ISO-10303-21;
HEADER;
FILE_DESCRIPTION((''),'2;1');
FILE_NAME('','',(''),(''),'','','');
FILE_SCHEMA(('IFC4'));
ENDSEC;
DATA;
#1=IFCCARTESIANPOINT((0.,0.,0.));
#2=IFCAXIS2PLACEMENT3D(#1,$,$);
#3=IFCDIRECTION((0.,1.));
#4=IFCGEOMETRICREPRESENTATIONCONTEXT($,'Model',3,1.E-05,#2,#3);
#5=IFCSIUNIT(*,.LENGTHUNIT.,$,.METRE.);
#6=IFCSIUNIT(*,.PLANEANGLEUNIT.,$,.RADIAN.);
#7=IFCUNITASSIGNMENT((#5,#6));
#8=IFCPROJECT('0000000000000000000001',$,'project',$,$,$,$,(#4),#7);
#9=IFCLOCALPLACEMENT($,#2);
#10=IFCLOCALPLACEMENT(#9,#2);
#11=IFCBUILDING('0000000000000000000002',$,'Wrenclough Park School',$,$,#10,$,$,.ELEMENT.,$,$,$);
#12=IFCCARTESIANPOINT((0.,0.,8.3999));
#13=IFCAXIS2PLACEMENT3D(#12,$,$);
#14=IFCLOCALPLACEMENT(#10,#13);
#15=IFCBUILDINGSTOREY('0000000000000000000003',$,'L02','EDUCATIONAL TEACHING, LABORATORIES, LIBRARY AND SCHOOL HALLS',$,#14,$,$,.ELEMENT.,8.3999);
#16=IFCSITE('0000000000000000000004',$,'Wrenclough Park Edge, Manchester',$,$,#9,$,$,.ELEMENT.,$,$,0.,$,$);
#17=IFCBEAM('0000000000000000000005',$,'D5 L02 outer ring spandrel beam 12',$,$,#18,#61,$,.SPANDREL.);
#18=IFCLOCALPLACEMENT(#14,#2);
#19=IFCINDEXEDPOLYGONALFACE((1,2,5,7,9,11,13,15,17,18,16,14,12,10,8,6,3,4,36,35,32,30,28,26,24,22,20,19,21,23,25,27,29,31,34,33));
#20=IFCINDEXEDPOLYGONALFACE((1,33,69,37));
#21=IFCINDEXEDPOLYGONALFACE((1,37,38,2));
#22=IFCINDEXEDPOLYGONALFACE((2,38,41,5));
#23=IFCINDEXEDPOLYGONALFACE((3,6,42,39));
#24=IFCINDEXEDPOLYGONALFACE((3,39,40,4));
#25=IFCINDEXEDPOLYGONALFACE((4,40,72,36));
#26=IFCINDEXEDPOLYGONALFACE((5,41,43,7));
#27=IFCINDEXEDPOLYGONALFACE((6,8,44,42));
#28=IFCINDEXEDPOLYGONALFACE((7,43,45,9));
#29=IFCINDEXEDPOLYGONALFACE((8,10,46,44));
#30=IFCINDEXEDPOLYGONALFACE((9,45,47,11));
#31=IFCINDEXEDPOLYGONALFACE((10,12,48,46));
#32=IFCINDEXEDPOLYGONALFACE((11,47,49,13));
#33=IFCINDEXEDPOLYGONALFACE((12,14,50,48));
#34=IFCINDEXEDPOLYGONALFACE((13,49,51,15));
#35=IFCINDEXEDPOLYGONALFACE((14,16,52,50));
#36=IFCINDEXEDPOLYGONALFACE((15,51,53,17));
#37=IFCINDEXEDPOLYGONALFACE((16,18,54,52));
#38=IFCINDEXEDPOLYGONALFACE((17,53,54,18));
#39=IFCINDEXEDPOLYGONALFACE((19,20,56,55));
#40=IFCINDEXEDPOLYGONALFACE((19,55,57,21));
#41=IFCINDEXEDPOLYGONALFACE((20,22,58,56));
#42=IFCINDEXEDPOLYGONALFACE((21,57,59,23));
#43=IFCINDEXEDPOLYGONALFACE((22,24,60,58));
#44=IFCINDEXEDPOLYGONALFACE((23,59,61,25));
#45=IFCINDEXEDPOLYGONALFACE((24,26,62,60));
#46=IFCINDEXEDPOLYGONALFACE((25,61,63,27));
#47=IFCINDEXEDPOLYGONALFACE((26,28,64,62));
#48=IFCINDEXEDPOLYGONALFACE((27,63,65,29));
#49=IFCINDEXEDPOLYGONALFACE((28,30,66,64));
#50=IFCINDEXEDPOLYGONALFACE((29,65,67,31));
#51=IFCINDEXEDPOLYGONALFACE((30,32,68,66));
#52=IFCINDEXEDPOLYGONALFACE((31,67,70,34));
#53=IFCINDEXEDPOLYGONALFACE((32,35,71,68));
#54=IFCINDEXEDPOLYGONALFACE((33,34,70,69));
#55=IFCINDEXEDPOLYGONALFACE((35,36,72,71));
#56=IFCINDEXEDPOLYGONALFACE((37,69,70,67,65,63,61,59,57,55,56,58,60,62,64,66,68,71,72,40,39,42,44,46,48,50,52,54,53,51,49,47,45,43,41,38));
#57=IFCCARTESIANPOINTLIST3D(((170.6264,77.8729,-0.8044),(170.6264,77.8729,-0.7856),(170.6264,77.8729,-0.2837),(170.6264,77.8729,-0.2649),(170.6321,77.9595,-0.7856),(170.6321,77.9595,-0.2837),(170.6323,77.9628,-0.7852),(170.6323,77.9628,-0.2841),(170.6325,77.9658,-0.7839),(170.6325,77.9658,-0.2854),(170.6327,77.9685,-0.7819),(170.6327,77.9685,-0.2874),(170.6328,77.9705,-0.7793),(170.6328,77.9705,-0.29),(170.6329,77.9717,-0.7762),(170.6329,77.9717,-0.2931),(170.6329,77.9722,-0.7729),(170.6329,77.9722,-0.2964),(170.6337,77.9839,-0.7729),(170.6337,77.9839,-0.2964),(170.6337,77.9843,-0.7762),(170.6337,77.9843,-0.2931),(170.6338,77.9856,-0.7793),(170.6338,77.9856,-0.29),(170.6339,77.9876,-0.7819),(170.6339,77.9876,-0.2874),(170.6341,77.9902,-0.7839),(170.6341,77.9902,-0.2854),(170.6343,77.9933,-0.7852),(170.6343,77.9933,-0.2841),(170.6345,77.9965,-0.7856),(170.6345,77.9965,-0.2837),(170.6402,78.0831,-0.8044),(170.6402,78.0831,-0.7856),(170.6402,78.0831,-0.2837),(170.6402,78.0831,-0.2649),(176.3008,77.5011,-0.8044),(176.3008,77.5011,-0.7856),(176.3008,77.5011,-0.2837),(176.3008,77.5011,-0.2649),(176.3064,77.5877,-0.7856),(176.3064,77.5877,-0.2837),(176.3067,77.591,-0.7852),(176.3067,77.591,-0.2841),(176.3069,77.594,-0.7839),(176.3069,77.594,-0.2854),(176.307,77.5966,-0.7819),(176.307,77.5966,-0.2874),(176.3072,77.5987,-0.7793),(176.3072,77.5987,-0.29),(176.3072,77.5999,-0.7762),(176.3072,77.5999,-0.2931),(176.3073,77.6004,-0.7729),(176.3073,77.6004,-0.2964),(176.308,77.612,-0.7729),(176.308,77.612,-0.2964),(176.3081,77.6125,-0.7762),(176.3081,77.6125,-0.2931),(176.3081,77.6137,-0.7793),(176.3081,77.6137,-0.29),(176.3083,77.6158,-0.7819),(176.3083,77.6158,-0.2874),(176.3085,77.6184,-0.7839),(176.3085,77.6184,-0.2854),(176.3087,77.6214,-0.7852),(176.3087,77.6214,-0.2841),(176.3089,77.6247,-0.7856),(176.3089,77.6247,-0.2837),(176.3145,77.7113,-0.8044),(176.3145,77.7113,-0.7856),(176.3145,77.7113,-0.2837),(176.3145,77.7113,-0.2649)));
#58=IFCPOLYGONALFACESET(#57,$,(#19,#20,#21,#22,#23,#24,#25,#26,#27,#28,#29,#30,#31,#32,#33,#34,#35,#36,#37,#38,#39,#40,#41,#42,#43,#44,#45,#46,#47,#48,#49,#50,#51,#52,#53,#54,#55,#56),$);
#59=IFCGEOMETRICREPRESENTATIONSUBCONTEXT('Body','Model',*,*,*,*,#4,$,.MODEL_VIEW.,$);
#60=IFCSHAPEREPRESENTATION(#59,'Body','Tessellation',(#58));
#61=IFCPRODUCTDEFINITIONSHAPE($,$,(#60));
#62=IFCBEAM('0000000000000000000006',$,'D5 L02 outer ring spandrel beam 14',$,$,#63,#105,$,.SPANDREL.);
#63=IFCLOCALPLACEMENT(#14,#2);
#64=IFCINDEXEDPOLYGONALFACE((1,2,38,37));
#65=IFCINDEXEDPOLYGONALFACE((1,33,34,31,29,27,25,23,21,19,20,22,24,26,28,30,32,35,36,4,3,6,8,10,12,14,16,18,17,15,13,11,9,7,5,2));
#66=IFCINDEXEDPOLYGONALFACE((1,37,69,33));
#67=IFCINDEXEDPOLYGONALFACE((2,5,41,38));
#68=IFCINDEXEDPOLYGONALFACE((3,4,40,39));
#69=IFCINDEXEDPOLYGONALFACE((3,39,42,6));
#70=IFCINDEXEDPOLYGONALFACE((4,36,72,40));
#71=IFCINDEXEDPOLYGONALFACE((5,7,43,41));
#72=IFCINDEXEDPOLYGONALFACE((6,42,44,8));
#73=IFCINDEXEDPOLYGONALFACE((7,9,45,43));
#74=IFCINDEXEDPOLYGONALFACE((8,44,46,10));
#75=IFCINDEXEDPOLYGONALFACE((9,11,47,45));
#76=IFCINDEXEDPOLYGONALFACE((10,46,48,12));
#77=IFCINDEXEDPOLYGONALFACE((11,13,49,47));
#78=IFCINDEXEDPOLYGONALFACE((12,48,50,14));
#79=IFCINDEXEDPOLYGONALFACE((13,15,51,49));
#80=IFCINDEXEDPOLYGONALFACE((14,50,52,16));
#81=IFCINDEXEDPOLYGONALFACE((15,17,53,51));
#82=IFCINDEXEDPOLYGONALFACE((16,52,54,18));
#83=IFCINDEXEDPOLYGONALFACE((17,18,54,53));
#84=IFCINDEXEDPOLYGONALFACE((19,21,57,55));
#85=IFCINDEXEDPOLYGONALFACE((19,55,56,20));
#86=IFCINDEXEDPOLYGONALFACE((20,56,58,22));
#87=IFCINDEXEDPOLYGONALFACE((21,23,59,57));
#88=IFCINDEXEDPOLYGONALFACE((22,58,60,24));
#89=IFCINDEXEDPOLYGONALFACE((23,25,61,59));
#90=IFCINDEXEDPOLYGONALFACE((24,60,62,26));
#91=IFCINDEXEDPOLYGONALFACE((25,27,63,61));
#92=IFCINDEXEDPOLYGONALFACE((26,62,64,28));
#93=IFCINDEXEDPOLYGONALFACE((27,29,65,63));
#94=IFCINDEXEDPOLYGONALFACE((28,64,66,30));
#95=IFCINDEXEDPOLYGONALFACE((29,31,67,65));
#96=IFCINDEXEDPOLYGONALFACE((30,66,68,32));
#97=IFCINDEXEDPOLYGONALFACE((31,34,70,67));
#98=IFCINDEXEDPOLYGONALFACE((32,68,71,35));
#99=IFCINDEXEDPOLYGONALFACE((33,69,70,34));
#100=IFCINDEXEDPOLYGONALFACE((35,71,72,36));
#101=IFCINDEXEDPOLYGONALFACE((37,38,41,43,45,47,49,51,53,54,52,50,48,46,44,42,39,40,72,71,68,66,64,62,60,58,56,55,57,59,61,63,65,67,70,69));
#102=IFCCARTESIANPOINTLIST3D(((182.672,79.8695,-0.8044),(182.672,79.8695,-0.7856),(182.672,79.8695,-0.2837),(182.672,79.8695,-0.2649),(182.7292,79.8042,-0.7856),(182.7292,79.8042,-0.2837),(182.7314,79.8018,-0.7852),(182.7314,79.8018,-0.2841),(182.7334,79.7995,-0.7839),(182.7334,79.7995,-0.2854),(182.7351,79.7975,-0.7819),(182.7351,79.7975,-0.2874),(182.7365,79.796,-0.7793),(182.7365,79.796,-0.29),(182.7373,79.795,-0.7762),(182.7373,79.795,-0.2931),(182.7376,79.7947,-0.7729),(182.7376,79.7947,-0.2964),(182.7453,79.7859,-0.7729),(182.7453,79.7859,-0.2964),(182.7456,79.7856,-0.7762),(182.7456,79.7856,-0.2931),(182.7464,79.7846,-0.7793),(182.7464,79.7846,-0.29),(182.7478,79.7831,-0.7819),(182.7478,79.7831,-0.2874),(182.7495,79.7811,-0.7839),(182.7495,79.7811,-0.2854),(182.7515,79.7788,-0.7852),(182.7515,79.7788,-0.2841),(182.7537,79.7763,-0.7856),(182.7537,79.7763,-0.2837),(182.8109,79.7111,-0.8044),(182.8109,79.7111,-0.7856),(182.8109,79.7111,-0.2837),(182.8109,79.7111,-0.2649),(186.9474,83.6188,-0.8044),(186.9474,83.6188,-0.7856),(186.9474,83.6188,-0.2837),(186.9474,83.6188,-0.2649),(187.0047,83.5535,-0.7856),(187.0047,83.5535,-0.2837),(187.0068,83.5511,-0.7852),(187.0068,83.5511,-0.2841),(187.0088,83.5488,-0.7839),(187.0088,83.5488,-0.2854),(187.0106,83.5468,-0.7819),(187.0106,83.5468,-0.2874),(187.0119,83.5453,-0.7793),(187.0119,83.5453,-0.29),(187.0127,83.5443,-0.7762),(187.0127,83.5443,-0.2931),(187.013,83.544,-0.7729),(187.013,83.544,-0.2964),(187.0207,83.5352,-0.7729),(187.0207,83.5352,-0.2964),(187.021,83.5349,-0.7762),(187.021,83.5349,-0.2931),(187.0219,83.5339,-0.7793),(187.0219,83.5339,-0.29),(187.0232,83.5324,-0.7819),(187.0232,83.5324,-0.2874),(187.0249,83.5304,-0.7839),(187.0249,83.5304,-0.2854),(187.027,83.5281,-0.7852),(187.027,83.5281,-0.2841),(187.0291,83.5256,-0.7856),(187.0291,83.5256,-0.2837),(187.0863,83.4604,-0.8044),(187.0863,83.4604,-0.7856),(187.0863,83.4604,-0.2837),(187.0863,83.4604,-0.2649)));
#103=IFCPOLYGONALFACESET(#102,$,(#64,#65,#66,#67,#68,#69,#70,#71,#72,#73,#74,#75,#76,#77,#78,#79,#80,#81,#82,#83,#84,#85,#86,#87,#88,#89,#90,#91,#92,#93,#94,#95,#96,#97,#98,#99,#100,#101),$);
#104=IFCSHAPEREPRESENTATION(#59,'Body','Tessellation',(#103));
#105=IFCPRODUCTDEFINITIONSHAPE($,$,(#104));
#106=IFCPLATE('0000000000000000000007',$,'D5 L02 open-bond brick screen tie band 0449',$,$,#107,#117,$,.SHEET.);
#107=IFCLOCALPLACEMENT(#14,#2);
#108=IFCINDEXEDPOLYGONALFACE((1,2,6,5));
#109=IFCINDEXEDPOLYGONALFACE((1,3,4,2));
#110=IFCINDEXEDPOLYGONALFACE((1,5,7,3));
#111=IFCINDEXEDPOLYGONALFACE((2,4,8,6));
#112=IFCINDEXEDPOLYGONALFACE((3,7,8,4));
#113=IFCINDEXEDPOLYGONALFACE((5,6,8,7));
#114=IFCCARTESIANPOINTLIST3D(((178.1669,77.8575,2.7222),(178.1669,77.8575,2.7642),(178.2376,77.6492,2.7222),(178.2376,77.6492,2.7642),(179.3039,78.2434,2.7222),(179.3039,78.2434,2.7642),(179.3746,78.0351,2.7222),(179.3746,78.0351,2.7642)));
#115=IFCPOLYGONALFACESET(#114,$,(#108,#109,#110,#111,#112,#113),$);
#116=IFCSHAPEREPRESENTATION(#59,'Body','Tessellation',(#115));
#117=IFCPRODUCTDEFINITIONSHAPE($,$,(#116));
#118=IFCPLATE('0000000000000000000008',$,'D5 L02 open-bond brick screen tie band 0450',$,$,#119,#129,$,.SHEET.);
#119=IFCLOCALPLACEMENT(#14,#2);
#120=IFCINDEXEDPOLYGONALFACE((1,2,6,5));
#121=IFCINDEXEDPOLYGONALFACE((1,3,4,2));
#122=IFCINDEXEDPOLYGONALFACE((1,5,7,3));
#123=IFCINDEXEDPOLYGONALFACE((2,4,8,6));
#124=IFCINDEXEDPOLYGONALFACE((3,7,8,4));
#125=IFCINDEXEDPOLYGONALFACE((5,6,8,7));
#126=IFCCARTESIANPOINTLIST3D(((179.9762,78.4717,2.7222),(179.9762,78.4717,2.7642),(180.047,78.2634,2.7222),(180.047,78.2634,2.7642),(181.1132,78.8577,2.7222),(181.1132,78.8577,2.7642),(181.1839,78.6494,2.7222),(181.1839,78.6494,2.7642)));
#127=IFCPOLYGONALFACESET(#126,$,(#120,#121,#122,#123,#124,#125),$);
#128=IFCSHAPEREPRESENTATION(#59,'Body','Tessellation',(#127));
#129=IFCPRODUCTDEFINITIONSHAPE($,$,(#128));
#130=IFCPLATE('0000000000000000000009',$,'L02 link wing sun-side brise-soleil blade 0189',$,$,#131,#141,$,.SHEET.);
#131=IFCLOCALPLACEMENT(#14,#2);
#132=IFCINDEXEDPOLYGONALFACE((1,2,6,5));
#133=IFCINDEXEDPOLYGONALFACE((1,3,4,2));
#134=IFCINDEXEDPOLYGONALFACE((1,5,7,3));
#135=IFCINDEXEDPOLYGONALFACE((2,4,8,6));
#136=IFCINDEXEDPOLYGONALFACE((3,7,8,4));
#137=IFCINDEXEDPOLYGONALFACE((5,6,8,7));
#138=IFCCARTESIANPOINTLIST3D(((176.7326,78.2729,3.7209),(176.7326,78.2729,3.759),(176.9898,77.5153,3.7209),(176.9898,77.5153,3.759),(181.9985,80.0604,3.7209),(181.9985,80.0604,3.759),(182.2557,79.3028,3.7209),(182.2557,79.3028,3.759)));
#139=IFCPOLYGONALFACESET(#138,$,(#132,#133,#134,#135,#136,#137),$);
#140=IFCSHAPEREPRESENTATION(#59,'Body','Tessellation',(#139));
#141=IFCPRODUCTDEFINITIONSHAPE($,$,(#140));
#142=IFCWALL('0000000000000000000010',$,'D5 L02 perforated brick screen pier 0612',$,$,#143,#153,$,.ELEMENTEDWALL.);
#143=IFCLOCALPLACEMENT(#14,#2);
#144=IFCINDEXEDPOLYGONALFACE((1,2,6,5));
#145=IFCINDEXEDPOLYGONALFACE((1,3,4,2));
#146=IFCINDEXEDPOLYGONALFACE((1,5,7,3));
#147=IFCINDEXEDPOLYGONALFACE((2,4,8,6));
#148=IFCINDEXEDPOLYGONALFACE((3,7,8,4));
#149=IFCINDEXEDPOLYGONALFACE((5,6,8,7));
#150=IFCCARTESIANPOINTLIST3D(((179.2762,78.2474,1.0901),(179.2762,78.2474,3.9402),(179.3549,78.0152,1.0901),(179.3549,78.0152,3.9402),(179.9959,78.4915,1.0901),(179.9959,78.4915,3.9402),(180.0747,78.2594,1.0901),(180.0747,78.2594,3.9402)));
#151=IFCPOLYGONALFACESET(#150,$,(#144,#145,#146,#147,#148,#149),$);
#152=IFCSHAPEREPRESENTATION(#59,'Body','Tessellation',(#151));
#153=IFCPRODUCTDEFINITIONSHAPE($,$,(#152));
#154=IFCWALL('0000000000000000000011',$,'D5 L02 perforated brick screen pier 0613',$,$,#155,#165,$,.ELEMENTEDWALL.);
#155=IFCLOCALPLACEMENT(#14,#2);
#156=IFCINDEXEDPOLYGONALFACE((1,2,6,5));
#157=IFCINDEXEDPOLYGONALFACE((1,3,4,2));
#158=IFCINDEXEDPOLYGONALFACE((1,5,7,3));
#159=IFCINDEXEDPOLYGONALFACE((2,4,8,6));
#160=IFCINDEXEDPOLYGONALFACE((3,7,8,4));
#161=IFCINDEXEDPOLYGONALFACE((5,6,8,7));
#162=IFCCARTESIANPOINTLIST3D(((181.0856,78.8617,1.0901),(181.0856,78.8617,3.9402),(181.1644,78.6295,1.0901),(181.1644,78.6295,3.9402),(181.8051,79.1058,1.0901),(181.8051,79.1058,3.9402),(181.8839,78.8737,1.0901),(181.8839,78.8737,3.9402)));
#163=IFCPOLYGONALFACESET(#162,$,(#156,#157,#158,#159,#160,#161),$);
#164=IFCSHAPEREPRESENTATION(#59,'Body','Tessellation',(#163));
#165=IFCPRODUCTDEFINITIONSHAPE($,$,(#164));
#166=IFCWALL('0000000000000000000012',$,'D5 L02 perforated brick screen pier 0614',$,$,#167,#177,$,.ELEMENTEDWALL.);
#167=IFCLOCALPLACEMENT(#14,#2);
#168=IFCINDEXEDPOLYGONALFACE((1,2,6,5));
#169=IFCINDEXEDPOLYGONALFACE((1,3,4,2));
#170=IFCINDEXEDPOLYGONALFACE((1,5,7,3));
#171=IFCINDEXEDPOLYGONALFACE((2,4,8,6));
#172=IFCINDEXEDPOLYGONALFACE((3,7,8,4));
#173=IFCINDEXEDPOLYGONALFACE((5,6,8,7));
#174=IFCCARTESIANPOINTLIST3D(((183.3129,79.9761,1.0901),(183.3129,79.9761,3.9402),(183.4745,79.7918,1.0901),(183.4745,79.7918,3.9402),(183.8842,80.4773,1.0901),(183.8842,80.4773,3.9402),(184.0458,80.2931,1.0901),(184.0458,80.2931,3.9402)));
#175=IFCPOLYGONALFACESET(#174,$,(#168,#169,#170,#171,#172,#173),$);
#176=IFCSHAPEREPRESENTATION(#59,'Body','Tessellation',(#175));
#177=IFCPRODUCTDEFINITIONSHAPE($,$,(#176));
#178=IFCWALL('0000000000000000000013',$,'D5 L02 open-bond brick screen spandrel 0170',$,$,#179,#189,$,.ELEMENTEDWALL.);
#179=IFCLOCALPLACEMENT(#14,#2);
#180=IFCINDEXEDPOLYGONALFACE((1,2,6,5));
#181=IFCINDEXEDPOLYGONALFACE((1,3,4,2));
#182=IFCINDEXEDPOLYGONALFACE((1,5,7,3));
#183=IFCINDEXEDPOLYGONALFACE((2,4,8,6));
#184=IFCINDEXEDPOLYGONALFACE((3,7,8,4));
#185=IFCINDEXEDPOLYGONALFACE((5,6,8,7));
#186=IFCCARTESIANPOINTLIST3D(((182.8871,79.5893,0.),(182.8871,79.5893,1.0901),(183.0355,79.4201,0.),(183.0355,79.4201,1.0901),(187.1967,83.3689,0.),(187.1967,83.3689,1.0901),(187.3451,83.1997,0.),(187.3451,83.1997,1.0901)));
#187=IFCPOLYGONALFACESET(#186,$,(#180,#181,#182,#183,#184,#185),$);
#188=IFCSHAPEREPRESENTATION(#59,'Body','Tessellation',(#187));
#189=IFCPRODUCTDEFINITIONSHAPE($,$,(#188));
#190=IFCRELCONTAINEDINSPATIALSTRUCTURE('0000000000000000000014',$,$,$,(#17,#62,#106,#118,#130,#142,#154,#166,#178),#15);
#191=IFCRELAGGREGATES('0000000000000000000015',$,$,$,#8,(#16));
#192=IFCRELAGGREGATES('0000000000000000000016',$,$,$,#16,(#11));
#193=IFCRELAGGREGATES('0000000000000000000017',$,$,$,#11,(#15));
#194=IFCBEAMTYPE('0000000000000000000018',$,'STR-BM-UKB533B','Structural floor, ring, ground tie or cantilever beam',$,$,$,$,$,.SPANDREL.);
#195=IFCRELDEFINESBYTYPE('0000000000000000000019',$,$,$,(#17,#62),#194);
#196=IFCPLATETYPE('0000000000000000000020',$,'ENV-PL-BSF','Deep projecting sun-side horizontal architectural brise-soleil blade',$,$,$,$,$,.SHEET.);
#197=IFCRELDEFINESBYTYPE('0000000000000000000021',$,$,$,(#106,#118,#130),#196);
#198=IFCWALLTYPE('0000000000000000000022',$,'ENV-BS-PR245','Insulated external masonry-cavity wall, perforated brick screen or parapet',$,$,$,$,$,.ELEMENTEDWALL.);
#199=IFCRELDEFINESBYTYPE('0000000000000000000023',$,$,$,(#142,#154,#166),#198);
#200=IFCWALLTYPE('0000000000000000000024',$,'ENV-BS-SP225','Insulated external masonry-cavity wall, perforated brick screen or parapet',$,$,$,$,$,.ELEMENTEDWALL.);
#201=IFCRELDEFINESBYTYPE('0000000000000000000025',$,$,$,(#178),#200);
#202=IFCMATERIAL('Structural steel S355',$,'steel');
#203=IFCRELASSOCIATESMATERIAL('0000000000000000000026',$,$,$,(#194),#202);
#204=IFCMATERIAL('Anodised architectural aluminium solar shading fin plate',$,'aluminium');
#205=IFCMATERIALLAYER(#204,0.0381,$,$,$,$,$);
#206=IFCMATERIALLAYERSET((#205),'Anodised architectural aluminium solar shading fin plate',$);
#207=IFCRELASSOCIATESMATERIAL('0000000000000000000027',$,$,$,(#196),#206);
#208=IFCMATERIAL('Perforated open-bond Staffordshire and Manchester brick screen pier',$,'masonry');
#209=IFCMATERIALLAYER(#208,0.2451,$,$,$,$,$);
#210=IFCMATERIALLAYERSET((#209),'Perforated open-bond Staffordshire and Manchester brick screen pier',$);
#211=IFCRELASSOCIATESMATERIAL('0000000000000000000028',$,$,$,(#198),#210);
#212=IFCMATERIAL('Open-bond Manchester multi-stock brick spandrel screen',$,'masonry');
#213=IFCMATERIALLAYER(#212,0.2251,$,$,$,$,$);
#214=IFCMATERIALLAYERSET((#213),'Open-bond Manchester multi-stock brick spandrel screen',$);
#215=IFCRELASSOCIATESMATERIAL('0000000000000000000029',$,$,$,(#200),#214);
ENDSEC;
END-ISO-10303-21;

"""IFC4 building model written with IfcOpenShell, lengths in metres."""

from ifc_helpers import new_model, si_unit, direction, frame, frame_2d, origin, origin_2d, place, context, subcontext, project, spatial, rectangle, i_section, extrude, material, layer, layer_set, material_profile, profile_set, type_object, element, save


model = new_model("IFC4")

# Units and contexts
model_context = context("Model", 3, precision=1e-05, world=origin(), true_north=direction((0.0, 1.0)))
body_context = subcontext(model_context, "Body", "Model", "MODEL_VIEW")
ifc_project = project(units=[si_unit("LENGTHUNIT", "METRE"), si_unit("PLANEANGLEUNIT", "RADIAN")], contexts=[model_context])

# Site, building, storey
site_placement = place(None, origin())
site = spatial("IfcSite", under=ifc_project, at=site_placement, Name="Wrenclough Park Edge, Manchester", CompositionType="ELEMENT", RefElevation=0.0)
building_placement = place(site_placement, origin())
building = spatial("IfcBuilding", under=site, at=building_placement, Name="Wrenclough Park School", CompositionType="ELEMENT")
storey_placement = place(building_placement, frame((0.0, 0.0, 8.3999)))
storey = spatial("IfcBuildingStorey", under=building, at=storey_placement, Name="L02", Description="EDUCATIONAL TEACHING, LABORATORIES, LIBRARY AND SCHOOL HALLS", CompositionType="ELEMENT", Elevation=8.3999)

# Beams
ifc_material_1 = material(Name="Structural steel S355", Category="steel")
ifc_material_profile_1 = material_profile(ifc_material_1, i_section(OverallWidth=0.2107, OverallDepth=0.5396, WebThickness=0.0117, FlangeThickness=0.0188, FilletRadius=0.0127, at=origin_2d()), Name="UKB 533x210x109")
ifc_profile_set_1 = profile_set([ifc_material_profile_1], Name="Structural steel S355")
beam_type_1 = type_object("IfcBeamType", Name="STR-BM-UKB533B", Description="Structural floor, ring, ground tie or cantilever beam", PredefinedType="SPANDREL", material=ifc_profile_set_1)
for number, where, z_axis, x_axis, name in (
    (1, (170.6333, 77.978, -0.5347), (0.99786, -0.065388, 0.0), (0.065388, 0.99786, 0.0), "D5 L02 outer ring spandrel beam 12"),
    (2, (182.7415, 79.7903, -0.5347), (0.751853, 0.659331, 0.0), (-0.659331, 0.751853, 0.0), "D5 L02 outer ring spandrel beam 14"),
):
    element("IfcBeam", number, at=place(storey_placement, frame(where, z_axis=z_axis, x_axis=x_axis)), inside=storey, type_object=beam_type_1, Name=name, PredefinedType="SPANDREL", context=body_context, shape_type="SweptSolid", body=[
        extrude(i_section(OverallWidth=0.2107, OverallDepth=0.5396, WebThickness=0.0117, FlangeThickness=0.0188, FilletRadius=0.0127, at=origin_2d()), origin(), (0.0, 0.0, 1.0), 5.6865),
    ])

# Plates
ifc_material_2 = material(Name="Anodised architectural aluminium solar shading fin plate", Category="aluminium")
ifc_layer_1 = layer(ifc_material_2, 0.0381)
ifc_layer_set_1 = layer_set([ifc_layer_1], Name="Anodised architectural aluminium solar shading fin plate")
plate_type = type_object("IfcPlateType", Name="ENV-PL-BSF", Description="Deep projecting sun-side horizontal architectural brise-soleil blade", PredefinedType="SHEET", material=ifc_layer_set_1)
for number, where, z_axis, x_axis, name in (
    (3, (178.7708, 77.9463, 2.7222), (0.0, 0.0, 1.0), (0.94693, 0.321441, 0.0), "D5 L02 open-bond brick screen tie band 0449"),
    (4, (180.5801, 78.5605, 2.7222), (0.0, 0.0, 1.0), (0.94693, 0.321441, 0.0), "D5 L02 open-bond brick screen tie band 0450"),
):
    element("IfcPlate", number, at=place(storey_placement, frame(where, z_axis=z_axis, x_axis=x_axis)), inside=storey, type_object=plate_type, Name=name, PredefinedType="SHEET", context=body_context, shape_type="SweptSolid", body=[
        extrude(rectangle(XDim=1.2007, YDim=0.22, at=origin_2d()), origin(), (0.0, 0.0, 1.0), 0.042),
    ])
plate_placement = place(storey_placement, frame((179.4941, 78.7878, 3.7209), z_axis=(0.0, 0.0, 1.0), x_axis=(-0.946933, -0.321432, 0.0)))
element("IfcPlate", 5, at=plate_placement, inside=storey, type_object=plate_type, Name="L02 link wing sun-side brise-soleil blade 0189", PredefinedType="SHEET", context=body_context, shape_type="SweptSolid", body=[
    extrude(rectangle(XDim=5.561, YDim=0.8, at=origin_2d()), origin(), (0.0, 0.0, 1.0), 0.0381),
])

# Walls
ifc_material_3 = material(Name="Perforated open-bond Staffordshire and Manchester brick screen pier", Category="masonry")
ifc_layer_2 = layer(ifc_material_3, 0.2451)
ifc_layer_set_2 = layer_set([ifc_layer_2], Name="Perforated open-bond Staffordshire and Manchester brick screen pier")
wall_type_1 = type_object("IfcWallType", Name="ENV-BS-PR245", Description="Insulated external masonry-cavity wall, perforated brick screen or parapet", PredefinedType="ELEMENTEDWALL", material=ifc_layer_set_2)
wall_1_placement = place(storey_placement, frame((179.3157, 78.1313, 1.0901), z_axis=(0.0, 0.0, 1.0), x_axis=(0.947, 0.321235, 0.0)))
element("IfcWall", 6, at=wall_1_placement, inside=storey, type_object=wall_type_1, Name="D5 L02 perforated brick screen pier 0612", PredefinedType="ELEMENTEDWALL", context=body_context, shape_type="SweptSolid", body=[
    extrude(rectangle(XDim=0.76, YDim=0.2451, at=frame_2d((0.3799, 0.0))), origin(), (0.0, 0.0, 1.0), 2.8501),
])
wall_2_placement = place(storey_placement, frame((181.125, 78.7456, 1.0901), z_axis=(0.0, 0.0, 1.0), x_axis=(0.946966, 0.321332, 0.0)))
element("IfcWall", 7, at=wall_2_placement, inside=storey, type_object=wall_type_1, Name="D5 L02 perforated brick screen pier 0613", PredefinedType="ELEMENTEDWALL", context=body_context, shape_type="SweptSolid", body=[
    extrude(rectangle(XDim=0.7598, YDim=0.2451, at=frame_2d((0.3799, 0.0))), origin(), (0.0, 0.0, 1.0), 2.8501),
])
wall_3_placement = place(storey_placement, frame((183.3938, 79.884, 1.0901), z_axis=(0.0, 0.0, 1.0), x_axis=(0.7517, 0.659505, 0.0)))
element("IfcWall", 8, at=wall_3_placement, inside=storey, type_object=wall_type_1, Name="D5 L02 perforated brick screen pier 0614", PredefinedType="ELEMENTEDWALL", context=body_context, shape_type="SweptSolid", body=[
    extrude(rectangle(XDim=0.76, YDim=0.2451, at=frame_2d((0.3799, 0.0))), origin(), (0.0, 0.0, 1.0), 2.8501),
])
ifc_material_4 = material(Name="Open-bond Manchester multi-stock brick spandrel screen", Category="masonry")
ifc_layer_3 = layer(ifc_material_4, 0.2251)
ifc_layer_set_3 = layer_set([ifc_layer_3], Name="Open-bond Manchester multi-stock brick spandrel screen")
wall_type_2 = type_object("IfcWallType", Name="ENV-BS-SP225", Description="Insulated external masonry-cavity wall, perforated brick screen or parapet", PredefinedType="ELEMENTEDWALL", material=ifc_layer_set_3)
wall_4_placement = place(storey_placement, frame((182.9612, 79.5046, 0.0), z_axis=(0.0, 0.0, 1.0), x_axis=(0.751827, 0.659361, 0.0)))
element("IfcWall", 9, at=wall_4_placement, inside=storey, type_object=wall_type_2, Name="D5 L02 open-bond brick screen spandrel 0170", PredefinedType="ELEMENTEDWALL", context=body_context, shape_type="SweptSolid", body=[
    extrude(rectangle(XDim=5.7322, YDim=0.2251, at=frame_2d((2.8662, 0.0))), origin(), (0.0, 0.0, 1.0), 1.0901),
])

save(model, "model.ifc")
